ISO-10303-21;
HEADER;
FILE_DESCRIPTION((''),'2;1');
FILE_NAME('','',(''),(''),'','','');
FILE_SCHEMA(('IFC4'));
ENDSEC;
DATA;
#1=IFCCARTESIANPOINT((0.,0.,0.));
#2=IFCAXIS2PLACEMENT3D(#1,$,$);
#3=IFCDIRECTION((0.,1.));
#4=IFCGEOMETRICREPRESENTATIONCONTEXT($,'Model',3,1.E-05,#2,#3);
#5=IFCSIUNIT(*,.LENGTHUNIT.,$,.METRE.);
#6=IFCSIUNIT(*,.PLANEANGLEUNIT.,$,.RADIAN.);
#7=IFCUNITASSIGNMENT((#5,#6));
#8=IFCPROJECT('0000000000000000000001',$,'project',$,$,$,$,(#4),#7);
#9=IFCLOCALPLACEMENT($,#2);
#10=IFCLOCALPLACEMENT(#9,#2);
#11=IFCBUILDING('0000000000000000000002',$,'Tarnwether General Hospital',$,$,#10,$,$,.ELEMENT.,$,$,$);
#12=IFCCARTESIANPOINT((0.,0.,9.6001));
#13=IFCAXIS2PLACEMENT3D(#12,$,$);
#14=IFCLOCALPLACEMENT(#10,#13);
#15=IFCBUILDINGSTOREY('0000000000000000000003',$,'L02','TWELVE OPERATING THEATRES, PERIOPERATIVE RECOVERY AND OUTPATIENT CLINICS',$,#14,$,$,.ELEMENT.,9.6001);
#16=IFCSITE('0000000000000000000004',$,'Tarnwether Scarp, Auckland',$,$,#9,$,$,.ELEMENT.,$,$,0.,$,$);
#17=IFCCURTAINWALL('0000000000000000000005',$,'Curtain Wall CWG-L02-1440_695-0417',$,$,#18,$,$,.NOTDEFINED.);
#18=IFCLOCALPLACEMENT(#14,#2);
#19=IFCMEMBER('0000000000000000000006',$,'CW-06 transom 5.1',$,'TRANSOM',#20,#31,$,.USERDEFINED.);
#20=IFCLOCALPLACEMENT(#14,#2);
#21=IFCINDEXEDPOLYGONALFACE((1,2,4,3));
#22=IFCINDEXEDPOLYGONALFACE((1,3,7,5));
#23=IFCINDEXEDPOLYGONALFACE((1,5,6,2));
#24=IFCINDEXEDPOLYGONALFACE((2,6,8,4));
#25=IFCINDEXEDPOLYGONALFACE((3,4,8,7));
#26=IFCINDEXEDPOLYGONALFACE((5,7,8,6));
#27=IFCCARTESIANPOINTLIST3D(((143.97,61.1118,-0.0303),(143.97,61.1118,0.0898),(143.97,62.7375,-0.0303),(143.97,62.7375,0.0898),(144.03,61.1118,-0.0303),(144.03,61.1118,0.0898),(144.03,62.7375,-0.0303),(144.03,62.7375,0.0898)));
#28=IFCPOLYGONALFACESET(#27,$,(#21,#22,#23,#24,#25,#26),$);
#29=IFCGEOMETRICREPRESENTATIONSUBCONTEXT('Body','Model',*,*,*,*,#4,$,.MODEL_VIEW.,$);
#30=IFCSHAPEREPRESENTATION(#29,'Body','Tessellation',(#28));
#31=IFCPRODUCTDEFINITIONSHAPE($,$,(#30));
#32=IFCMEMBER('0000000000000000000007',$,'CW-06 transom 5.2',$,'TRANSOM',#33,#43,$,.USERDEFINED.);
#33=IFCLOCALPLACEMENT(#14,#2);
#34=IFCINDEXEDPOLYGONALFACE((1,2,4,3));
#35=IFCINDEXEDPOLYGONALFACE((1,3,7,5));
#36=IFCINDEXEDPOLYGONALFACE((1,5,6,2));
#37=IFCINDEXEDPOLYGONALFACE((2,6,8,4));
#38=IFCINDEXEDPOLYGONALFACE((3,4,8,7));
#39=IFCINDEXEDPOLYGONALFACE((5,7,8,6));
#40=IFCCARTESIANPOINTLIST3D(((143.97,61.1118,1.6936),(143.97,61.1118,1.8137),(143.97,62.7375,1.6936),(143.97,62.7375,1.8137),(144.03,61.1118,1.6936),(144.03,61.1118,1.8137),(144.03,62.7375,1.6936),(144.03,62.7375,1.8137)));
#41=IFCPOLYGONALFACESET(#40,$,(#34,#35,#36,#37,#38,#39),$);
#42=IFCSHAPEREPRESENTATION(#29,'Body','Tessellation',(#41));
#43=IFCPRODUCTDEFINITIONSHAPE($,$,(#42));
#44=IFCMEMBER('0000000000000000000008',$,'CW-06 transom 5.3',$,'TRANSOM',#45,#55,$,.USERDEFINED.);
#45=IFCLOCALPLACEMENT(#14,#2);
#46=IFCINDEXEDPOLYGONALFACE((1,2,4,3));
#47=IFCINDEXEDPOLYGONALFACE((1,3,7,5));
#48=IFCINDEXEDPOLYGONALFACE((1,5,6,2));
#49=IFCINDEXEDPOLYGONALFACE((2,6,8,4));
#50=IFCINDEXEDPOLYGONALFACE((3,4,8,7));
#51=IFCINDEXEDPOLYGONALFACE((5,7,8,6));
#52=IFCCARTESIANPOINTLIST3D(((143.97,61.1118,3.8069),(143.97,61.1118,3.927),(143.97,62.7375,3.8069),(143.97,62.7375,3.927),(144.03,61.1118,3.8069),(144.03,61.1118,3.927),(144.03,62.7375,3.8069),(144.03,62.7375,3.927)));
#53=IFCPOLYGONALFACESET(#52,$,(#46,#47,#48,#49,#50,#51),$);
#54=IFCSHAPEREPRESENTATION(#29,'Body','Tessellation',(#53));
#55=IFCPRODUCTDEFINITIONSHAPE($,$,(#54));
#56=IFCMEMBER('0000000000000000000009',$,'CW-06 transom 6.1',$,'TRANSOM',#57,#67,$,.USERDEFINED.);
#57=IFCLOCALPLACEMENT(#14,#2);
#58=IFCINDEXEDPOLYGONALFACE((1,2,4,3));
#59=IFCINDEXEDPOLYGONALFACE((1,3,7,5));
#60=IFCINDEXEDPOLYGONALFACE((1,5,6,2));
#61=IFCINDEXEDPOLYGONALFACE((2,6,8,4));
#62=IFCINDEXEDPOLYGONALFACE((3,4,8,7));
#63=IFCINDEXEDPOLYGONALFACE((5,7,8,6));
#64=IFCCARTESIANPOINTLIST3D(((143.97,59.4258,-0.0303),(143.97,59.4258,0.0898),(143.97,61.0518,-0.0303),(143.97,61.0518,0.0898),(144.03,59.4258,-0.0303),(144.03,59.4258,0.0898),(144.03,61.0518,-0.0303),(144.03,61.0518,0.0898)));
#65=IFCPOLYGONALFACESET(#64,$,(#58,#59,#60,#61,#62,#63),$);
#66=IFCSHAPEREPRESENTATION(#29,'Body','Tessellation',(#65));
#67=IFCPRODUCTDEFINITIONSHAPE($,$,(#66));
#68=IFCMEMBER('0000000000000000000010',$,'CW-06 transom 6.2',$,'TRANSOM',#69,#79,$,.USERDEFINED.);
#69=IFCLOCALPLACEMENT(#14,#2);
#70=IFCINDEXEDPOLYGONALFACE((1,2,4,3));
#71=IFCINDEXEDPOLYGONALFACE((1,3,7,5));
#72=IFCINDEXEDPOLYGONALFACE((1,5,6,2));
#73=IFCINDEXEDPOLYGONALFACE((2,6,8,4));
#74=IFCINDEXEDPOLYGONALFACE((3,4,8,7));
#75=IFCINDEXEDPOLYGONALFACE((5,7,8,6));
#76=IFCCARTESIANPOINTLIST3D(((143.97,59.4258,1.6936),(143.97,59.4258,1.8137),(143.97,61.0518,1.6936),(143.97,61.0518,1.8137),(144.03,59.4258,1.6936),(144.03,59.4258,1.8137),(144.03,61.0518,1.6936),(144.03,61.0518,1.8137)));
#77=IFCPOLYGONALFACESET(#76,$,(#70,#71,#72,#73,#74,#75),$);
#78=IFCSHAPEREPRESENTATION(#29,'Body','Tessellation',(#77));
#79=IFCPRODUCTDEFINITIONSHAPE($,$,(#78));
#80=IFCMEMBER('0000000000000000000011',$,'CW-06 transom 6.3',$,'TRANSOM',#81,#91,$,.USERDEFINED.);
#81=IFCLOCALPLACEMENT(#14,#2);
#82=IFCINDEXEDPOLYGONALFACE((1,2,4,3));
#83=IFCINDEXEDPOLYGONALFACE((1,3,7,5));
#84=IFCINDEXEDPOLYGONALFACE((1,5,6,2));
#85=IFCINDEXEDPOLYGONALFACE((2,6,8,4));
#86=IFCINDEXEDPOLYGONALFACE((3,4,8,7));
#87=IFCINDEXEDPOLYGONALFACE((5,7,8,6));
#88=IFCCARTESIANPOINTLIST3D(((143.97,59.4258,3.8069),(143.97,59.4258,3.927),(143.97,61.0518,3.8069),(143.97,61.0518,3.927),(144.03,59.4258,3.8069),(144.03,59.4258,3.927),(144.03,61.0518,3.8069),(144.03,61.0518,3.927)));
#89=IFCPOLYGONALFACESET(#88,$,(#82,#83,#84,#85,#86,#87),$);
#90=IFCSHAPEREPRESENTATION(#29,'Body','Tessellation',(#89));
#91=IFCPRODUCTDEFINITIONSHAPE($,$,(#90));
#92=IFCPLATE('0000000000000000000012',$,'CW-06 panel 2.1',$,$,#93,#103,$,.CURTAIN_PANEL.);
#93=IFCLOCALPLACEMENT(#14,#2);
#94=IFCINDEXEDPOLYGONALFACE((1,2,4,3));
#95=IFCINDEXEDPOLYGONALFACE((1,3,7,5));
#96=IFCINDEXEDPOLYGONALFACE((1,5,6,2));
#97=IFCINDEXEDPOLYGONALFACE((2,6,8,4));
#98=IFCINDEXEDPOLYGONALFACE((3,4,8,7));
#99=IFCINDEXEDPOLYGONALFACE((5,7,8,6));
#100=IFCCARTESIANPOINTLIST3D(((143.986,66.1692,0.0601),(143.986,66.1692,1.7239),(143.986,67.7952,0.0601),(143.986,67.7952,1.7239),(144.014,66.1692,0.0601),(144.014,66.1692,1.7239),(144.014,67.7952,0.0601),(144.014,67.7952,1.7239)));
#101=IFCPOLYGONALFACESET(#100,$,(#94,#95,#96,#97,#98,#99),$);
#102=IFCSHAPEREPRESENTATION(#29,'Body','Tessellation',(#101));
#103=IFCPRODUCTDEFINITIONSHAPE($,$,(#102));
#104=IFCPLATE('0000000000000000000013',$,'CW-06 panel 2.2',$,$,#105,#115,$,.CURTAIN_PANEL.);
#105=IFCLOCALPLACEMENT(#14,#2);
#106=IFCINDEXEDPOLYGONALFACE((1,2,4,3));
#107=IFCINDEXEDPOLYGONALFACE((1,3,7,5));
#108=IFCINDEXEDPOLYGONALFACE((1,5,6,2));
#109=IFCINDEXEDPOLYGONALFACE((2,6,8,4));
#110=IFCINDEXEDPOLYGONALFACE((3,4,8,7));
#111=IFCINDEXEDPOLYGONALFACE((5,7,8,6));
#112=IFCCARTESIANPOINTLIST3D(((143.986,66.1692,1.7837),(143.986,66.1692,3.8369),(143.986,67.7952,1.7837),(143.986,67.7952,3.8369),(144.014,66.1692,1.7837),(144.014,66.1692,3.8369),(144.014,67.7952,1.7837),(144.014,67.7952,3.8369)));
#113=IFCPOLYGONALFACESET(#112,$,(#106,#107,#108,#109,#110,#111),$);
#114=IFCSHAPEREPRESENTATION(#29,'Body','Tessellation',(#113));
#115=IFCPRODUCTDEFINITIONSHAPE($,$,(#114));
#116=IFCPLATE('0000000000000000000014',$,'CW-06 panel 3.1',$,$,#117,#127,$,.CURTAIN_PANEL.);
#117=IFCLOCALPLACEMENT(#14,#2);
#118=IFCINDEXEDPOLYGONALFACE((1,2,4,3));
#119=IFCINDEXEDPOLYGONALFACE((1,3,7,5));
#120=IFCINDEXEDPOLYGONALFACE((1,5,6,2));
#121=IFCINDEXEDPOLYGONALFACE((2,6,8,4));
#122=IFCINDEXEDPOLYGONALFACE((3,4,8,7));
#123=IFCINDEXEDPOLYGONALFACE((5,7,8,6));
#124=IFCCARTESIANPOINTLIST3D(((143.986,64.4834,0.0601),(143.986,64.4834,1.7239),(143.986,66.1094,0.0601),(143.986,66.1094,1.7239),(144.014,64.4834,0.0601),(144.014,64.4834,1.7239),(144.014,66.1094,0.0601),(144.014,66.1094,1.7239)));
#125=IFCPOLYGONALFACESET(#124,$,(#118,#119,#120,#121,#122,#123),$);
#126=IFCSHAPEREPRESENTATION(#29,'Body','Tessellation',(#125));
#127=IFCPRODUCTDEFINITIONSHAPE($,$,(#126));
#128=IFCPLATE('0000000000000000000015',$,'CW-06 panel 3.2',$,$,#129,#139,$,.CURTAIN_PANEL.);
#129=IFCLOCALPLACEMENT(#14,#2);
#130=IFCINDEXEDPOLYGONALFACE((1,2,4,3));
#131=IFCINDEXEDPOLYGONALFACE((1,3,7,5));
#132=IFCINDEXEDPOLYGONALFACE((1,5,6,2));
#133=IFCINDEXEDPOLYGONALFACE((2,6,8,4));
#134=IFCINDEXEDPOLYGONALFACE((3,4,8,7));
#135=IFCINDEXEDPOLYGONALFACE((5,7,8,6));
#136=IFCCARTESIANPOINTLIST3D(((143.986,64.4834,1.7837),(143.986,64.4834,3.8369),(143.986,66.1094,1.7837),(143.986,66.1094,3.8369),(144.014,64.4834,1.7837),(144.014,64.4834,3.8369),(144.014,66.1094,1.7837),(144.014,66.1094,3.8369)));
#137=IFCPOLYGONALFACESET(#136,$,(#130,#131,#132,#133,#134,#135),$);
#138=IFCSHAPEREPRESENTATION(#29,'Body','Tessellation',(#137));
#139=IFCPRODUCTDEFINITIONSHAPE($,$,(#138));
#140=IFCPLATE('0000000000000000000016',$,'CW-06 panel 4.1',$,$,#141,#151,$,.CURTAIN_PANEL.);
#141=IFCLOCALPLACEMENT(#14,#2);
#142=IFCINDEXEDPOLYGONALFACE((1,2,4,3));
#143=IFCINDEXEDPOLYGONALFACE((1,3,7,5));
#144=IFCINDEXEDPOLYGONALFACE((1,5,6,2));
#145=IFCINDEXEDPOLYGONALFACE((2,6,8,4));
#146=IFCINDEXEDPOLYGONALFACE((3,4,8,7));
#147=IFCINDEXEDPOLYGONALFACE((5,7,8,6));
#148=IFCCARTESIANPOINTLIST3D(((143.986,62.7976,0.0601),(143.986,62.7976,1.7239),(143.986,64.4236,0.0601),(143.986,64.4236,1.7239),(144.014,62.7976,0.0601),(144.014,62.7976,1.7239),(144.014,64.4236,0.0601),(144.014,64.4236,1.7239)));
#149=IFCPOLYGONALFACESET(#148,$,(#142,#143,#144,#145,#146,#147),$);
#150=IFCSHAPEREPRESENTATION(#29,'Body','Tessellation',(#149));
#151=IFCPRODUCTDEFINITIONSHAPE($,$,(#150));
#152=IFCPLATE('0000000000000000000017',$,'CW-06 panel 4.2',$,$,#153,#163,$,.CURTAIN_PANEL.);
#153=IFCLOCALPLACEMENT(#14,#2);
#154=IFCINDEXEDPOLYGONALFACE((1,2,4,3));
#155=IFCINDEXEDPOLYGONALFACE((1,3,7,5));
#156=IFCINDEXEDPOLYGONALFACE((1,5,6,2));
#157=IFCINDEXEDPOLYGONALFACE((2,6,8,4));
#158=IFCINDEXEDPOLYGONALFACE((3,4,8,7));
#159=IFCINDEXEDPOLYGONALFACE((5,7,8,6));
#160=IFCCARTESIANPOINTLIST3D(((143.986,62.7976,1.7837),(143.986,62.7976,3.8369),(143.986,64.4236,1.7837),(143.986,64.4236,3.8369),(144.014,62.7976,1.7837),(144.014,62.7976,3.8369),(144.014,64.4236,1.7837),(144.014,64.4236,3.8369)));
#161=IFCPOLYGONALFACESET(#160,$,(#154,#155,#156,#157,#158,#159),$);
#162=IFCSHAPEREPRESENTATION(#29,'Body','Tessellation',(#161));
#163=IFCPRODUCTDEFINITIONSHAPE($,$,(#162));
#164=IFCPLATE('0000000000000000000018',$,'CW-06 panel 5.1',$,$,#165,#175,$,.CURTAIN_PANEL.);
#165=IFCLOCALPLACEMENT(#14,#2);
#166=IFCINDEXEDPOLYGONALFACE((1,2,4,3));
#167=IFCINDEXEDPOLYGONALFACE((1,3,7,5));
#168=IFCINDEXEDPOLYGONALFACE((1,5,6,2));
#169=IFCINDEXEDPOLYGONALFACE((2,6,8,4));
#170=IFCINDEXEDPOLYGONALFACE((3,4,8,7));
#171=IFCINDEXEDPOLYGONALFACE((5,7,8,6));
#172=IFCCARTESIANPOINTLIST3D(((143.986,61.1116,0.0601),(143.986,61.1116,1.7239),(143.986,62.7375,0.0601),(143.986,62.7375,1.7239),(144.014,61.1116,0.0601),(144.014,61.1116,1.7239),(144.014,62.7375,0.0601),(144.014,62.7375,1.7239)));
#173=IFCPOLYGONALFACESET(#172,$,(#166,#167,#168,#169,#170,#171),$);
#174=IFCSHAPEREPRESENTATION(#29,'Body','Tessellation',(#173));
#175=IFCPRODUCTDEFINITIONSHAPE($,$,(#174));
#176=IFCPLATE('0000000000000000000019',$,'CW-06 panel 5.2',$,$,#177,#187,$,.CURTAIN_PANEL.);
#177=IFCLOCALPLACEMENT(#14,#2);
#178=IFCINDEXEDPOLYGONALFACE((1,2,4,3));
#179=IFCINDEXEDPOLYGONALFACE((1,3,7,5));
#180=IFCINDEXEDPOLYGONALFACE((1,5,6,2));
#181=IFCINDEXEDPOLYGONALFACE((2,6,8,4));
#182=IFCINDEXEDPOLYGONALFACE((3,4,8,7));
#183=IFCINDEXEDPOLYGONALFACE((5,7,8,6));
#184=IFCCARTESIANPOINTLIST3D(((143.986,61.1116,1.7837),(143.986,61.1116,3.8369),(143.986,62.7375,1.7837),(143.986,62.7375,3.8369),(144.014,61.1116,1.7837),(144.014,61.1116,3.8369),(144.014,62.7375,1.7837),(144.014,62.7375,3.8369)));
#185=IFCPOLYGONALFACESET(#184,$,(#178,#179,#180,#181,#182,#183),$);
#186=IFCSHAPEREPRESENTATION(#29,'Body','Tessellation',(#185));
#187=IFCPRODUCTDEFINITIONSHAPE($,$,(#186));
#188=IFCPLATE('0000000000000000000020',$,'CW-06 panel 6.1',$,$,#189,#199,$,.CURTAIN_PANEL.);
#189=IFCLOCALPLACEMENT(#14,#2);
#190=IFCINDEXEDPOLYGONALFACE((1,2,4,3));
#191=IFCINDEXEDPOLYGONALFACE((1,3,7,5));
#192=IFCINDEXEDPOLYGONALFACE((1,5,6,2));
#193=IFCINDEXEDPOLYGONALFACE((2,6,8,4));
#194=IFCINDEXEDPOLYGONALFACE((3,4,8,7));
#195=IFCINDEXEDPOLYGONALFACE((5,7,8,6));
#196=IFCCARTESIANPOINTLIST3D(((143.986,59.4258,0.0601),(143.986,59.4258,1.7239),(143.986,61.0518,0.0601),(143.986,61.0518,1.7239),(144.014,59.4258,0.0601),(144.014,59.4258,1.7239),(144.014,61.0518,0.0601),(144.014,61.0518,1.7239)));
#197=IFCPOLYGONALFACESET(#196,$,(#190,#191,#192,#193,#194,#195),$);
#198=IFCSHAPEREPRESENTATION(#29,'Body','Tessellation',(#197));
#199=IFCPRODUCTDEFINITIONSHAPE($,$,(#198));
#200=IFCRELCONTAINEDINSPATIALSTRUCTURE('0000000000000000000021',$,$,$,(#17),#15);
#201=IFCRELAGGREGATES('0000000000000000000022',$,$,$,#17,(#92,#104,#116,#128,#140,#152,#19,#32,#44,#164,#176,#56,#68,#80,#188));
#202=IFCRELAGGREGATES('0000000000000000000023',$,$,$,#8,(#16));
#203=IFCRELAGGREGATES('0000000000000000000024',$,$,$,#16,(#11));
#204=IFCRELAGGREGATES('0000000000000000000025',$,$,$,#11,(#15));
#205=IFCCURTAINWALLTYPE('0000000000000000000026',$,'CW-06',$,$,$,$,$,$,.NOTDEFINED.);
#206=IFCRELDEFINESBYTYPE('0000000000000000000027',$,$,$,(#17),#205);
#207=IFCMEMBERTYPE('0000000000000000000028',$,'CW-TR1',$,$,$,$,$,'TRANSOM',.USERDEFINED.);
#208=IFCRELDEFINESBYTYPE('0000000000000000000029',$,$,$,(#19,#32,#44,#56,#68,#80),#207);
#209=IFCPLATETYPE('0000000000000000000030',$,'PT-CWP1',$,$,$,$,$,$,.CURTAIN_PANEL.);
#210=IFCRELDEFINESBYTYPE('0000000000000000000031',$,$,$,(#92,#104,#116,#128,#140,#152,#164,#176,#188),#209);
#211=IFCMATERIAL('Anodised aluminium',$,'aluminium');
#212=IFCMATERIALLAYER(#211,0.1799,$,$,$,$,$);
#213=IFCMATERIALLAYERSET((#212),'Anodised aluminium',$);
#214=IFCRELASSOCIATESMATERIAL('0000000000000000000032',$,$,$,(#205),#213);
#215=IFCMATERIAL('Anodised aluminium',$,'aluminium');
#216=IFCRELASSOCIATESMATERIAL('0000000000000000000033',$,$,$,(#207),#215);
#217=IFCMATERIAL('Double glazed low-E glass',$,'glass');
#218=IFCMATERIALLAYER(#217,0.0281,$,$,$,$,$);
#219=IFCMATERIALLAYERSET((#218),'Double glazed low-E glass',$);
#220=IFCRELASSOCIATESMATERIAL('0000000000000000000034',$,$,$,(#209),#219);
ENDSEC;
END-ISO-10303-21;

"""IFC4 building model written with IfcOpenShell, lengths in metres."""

from ifc_helpers import new_model, si_unit, direction, frame, origin, origin_2d, place, context, subcontext, project, spatial, rectangle, extrude, material, layer, layer_set, material_profile, profile_set, type_object, element, aggregate, save


model = new_model("IFC4")

# Units and contexts
model_context = context("Model", 3, precision=1e-05, world=origin(), true_north=direction((0.0, 1.0)))
body_context = subcontext(model_context, "Body", "Model", "MODEL_VIEW")
ifc_project = project(units=[si_unit("LENGTHUNIT", "METRE"), si_unit("PLANEANGLEUNIT", "RADIAN")], contexts=[model_context])

# Site, building, storey
site_placement = place(None, origin())
site = spatial("IfcSite", under=ifc_project, at=site_placement, Name="Tarnwether Scarp, Auckland", CompositionType="ELEMENT", RefElevation=0.0)
building_placement = place(site_placement, origin())
building = spatial("IfcBuilding", under=site, at=building_placement, Name="Tarnwether General Hospital", CompositionType="ELEMENT")
storey_placement = place(building_placement, frame((0.0, 0.0, 9.6001)))
storey = spatial("IfcBuildingStorey", under=building, at=storey_placement, Name="L02", Description="TWELVE OPERATING THEATRES, PERIOPERATIVE RECOVERY AND OUTPATIENT CLINICS", CompositionType="ELEMENT", Elevation=9.6001)

# Curtain wall, members, plates
ifc_material_1 = material(Name="Anodised aluminium", Category="aluminium")
ifc_layer_1 = layer(ifc_material_1, 0.1799)
ifc_layer_set_1 = layer_set([ifc_layer_1], Name="Anodised aluminium")
curtain_wall_type = type_object("IfcCurtainWallType", Name="CW-06", PredefinedType="NOTDEFINED", material=ifc_layer_set_1)
curtain_wall_placement = place(storey_placement, origin())
curtain_wall = element("IfcCurtainWall", 1, at=curtain_wall_placement, inside=storey, type_object=curtain_wall_type, Name="Curtain Wall CWG-L02-1440_695-0417", PredefinedType="NOTDEFINED")
ifc_material_2 = material(Name="Anodised aluminium", Category="aluminium")
ifc_material_profile_1 = material_profile(ifc_material_2, rectangle(XDim=0.0601, YDim=0.1201, at=origin_2d()), Name="ALU-TRN-60x120")
ifc_profile_set_1 = profile_set([ifc_material_profile_1], Name="Anodised aluminium")
member_type_1 = type_object("IfcMemberType", Name="CW-TR1", ElementType="TRANSOM", PredefinedType="USERDEFINED", material=ifc_profile_set_1)
member_1_placement = place(storey_placement, frame((144.0, 62.7375, 0.0298), z_axis=(0.0, -1.0, 0.0), x_axis=(1.0, 0.0, 0.0)))
member_1 = element("IfcMember", 2, at=member_1_placement, type_object=member_type_1, Name="CW-06 transom 5.1", ObjectType="TRANSOM", PredefinedType="USERDEFINED", context=body_context, shape_type="SweptSolid", body=[
    extrude(rectangle(XDim=0.0601, YDim=0.1201, at=origin_2d()), origin(), (0.0, 0.0, 1.0), 1.6257),
])
member_2_placement = place(storey_placement, frame((144.0, 62.7375, 1.7537), z_axis=(0.0, -1.0, 0.0), x_axis=(1.0, 0.0, 0.0)))
member_2 = element("IfcMember", 3, at=member_2_placement, type_object=member_type_1, Name="CW-06 transom 5.2", ObjectType="TRANSOM", PredefinedType="USERDEFINED", context=body_context, shape_type="SweptSolid", body=[
    extrude(rectangle(XDim=0.0601, YDim=0.1201, at=origin_2d()), origin(), (0.0, 0.0, 1.0), 1.6257),
])
member_3_placement = place(storey_placement, frame((144.0, 62.7375, 3.8669), z_axis=(0.0, -1.0, 0.0), x_axis=(1.0, 0.0, 0.0)))
member_3 = element("IfcMember", 4, at=member_3_placement, type_object=member_type_1, Name="CW-06 transom 5.3", ObjectType="TRANSOM", PredefinedType="USERDEFINED", context=body_context, shape_type="SweptSolid", body=[
    extrude(rectangle(XDim=0.0601, YDim=0.1201, at=origin_2d()), origin(), (0.0, 0.0, 1.0), 1.6257),
])
member_4_placement = place(storey_placement, frame((144.0, 61.0518, 0.0298), z_axis=(0.0, -1.0, 0.0), x_axis=(1.0, 0.0, 0.0)))
member_4 = element("IfcMember", 5, at=member_4_placement, type_object=member_type_1, Name="CW-06 transom 6.1", ObjectType="TRANSOM", PredefinedType="USERDEFINED", context=body_context, shape_type="SweptSolid", body=[
    extrude(rectangle(XDim=0.0601, YDim=0.1201, at=origin_2d()), origin(), (0.0, 0.0, 1.0), 1.626),
])
member_5_placement = place(storey_placement, frame((144.0, 61.0518, 1.7537), z_axis=(0.0, -1.0, 0.0), x_axis=(1.0, 0.0, 0.0)))
member_5 = element("IfcMember", 6, at=member_5_placement, type_object=member_type_1, Name="CW-06 transom 6.2", ObjectType="TRANSOM", PredefinedType="USERDEFINED", context=body_context, shape_type="SweptSolid", body=[
    extrude(rectangle(XDim=0.0601, YDim=0.1201, at=origin_2d()), origin(), (0.0, 0.0, 1.0), 1.626),
])
member_6_placement = place(storey_placement, frame((144.0, 61.0518, 3.8669), z_axis=(0.0, -1.0, 0.0), x_axis=(1.0, 0.0, 0.0)))
member_6 = element("IfcMember", 7, at=member_6_placement, type_object=member_type_1, Name="CW-06 transom 6.3", ObjectType="TRANSOM", PredefinedType="USERDEFINED", context=body_context, shape_type="SweptSolid", body=[
    extrude(rectangle(XDim=0.0601, YDim=0.1201, at=origin_2d()), origin(), (0.0, 0.0, 1.0), 1.626),
])
ifc_material_3 = material(Name="Double glazed low-E glass", Category="glass")
ifc_layer_2 = layer(ifc_material_3, 0.0281)
ifc_layer_set_2 = layer_set([ifc_layer_2], Name="Double glazed low-E glass")
plate_type = type_object("IfcPlateType", Name="PT-CWP1", PredefinedType="CURTAIN_PANEL", material=ifc_layer_set_2)
plate_1_placement = place(storey_placement, frame((144.0, 66.9822, 0.0601), z_axis=(0.0, 0.0, 1.0), x_axis=(0.0, -1.0, 0.0)))
plate_1 = element("IfcPlate", 8, at=plate_1_placement, type_object=plate_type, Name="CW-06 panel 2.1", PredefinedType="CURTAIN_PANEL", context=body_context, shape_type="SweptSolid", body=[
    extrude(rectangle(XDim=1.626, YDim=0.0281, at=origin_2d()), origin(), (0.0, 0.0, 1.0), 1.6638),
])
plate_2_placement = place(storey_placement, frame((144.0, 66.9822, 1.7837), z_axis=(0.0, 0.0, 1.0), x_axis=(0.0, -1.0, 0.0)))
plate_2 = element("IfcPlate", 9, at=plate_2_placement, type_object=plate_type, Name="CW-06 panel 2.2", PredefinedType="CURTAIN_PANEL", context=body_context, shape_type="SweptSolid", body=[
    extrude(rectangle(XDim=1.626, YDim=0.0281, at=origin_2d()), origin(), (0.0, 0.0, 1.0), 2.0532),
])
plate_3_placement = place(storey_placement, frame((144.0, 65.2964, 0.0601), z_axis=(0.0, 0.0, 1.0), x_axis=(0.0, -1.0, 0.0)))
plate_3 = element("IfcPlate", 10, at=plate_3_placement, type_object=plate_type, Name="CW-06 panel 3.1", PredefinedType="CURTAIN_PANEL", context=body_context, shape_type="SweptSolid", body=[
    extrude(rectangle(XDim=1.626, YDim=0.0281, at=origin_2d()), origin(), (0.0, 0.0, 1.0), 1.6638),
])
plate_4_placement = place(storey_placement, frame((144.0, 65.2964, 1.7837), z_axis=(0.0, 0.0, 1.0), x_axis=(0.0, -1.0, 0.0)))
plate_4 = element("IfcPlate", 11, at=plate_4_placement, type_object=plate_type, Name="CW-06 panel 3.2", PredefinedType="CURTAIN_PANEL", context=body_context, shape_type="SweptSolid", body=[
    extrude(rectangle(XDim=1.626, YDim=0.0281, at=origin_2d()), origin(), (0.0, 0.0, 1.0), 2.0532),
])
plate_5_placement = place(storey_placement, frame((144.0, 63.6106, 0.0601), z_axis=(0.0, 0.0, 1.0), x_axis=(0.0, -1.0, 0.0)))
plate_5 = element("IfcPlate", 12, at=plate_5_placement, type_object=plate_type, Name="CW-06 panel 4.1", PredefinedType="CURTAIN_PANEL", context=body_context, shape_type="SweptSolid", body=[
    extrude(rectangle(XDim=1.626, YDim=0.0281, at=origin_2d()), origin(), (0.0, 0.0, 1.0), 1.6638),
])
plate_6_placement = place(storey_placement, frame((144.0, 63.6106, 1.7837), z_axis=(0.0, 0.0, 1.0), x_axis=(0.0, -1.0, 0.0)))
plate_6 = element("IfcPlate", 13, at=plate_6_placement, type_object=plate_type, Name="CW-06 panel 4.2", PredefinedType="CURTAIN_PANEL", context=body_context, shape_type="SweptSolid", body=[
    extrude(rectangle(XDim=1.626, YDim=0.0281, at=origin_2d()), origin(), (0.0, 0.0, 1.0), 2.0532),
])
plate_7_placement = place(storey_placement, frame((144.0, 61.9246, 0.0601), z_axis=(0.0, 0.0, 1.0), x_axis=(0.0, -1.0, 0.0)))
plate_7 = element("IfcPlate", 14, at=plate_7_placement, type_object=plate_type, Name="CW-06 panel 5.1", PredefinedType="CURTAIN_PANEL", context=body_context, shape_type="SweptSolid", body=[
    extrude(rectangle(XDim=1.626, YDim=0.0281, at=origin_2d()), origin(), (0.0, 0.0, 1.0), 1.6638),
])
plate_8_placement = place(storey_placement, frame((144.0, 61.9246, 1.7837), z_axis=(0.0, 0.0, 1.0), x_axis=(0.0, -1.0, 0.0)))
plate_8 = element("IfcPlate", 15, at=plate_8_placement, type_object=plate_type, Name="CW-06 panel 5.2", PredefinedType="CURTAIN_PANEL", context=body_context, shape_type="SweptSolid", body=[
    extrude(rectangle(XDim=1.626, YDim=0.0281, at=origin_2d()), origin(), (0.0, 0.0, 1.0), 2.0532),
])
plate_9_placement = place(storey_placement, frame((144.0, 60.2388, 0.0601), z_axis=(0.0, 0.0, 1.0), x_axis=(0.0, -1.0, 0.0)))
plate_9 = element("IfcPlate", 16, at=plate_9_placement, type_object=plate_type, Name="CW-06 panel 6.1", PredefinedType="CURTAIN_PANEL", context=body_context, shape_type="SweptSolid", body=[
    extrude(rectangle(XDim=1.626, YDim=0.0281, at=origin_2d()), origin(), (0.0, 0.0, 1.0), 1.6638),
])
aggregate(curtain_wall, [plate_1, plate_2, plate_3, plate_4, plate_5, plate_6, member_1, member_2, member_3, plate_7, plate_8, member_4, member_5, member_6, plate_9])

save(model, "model.ifc")
